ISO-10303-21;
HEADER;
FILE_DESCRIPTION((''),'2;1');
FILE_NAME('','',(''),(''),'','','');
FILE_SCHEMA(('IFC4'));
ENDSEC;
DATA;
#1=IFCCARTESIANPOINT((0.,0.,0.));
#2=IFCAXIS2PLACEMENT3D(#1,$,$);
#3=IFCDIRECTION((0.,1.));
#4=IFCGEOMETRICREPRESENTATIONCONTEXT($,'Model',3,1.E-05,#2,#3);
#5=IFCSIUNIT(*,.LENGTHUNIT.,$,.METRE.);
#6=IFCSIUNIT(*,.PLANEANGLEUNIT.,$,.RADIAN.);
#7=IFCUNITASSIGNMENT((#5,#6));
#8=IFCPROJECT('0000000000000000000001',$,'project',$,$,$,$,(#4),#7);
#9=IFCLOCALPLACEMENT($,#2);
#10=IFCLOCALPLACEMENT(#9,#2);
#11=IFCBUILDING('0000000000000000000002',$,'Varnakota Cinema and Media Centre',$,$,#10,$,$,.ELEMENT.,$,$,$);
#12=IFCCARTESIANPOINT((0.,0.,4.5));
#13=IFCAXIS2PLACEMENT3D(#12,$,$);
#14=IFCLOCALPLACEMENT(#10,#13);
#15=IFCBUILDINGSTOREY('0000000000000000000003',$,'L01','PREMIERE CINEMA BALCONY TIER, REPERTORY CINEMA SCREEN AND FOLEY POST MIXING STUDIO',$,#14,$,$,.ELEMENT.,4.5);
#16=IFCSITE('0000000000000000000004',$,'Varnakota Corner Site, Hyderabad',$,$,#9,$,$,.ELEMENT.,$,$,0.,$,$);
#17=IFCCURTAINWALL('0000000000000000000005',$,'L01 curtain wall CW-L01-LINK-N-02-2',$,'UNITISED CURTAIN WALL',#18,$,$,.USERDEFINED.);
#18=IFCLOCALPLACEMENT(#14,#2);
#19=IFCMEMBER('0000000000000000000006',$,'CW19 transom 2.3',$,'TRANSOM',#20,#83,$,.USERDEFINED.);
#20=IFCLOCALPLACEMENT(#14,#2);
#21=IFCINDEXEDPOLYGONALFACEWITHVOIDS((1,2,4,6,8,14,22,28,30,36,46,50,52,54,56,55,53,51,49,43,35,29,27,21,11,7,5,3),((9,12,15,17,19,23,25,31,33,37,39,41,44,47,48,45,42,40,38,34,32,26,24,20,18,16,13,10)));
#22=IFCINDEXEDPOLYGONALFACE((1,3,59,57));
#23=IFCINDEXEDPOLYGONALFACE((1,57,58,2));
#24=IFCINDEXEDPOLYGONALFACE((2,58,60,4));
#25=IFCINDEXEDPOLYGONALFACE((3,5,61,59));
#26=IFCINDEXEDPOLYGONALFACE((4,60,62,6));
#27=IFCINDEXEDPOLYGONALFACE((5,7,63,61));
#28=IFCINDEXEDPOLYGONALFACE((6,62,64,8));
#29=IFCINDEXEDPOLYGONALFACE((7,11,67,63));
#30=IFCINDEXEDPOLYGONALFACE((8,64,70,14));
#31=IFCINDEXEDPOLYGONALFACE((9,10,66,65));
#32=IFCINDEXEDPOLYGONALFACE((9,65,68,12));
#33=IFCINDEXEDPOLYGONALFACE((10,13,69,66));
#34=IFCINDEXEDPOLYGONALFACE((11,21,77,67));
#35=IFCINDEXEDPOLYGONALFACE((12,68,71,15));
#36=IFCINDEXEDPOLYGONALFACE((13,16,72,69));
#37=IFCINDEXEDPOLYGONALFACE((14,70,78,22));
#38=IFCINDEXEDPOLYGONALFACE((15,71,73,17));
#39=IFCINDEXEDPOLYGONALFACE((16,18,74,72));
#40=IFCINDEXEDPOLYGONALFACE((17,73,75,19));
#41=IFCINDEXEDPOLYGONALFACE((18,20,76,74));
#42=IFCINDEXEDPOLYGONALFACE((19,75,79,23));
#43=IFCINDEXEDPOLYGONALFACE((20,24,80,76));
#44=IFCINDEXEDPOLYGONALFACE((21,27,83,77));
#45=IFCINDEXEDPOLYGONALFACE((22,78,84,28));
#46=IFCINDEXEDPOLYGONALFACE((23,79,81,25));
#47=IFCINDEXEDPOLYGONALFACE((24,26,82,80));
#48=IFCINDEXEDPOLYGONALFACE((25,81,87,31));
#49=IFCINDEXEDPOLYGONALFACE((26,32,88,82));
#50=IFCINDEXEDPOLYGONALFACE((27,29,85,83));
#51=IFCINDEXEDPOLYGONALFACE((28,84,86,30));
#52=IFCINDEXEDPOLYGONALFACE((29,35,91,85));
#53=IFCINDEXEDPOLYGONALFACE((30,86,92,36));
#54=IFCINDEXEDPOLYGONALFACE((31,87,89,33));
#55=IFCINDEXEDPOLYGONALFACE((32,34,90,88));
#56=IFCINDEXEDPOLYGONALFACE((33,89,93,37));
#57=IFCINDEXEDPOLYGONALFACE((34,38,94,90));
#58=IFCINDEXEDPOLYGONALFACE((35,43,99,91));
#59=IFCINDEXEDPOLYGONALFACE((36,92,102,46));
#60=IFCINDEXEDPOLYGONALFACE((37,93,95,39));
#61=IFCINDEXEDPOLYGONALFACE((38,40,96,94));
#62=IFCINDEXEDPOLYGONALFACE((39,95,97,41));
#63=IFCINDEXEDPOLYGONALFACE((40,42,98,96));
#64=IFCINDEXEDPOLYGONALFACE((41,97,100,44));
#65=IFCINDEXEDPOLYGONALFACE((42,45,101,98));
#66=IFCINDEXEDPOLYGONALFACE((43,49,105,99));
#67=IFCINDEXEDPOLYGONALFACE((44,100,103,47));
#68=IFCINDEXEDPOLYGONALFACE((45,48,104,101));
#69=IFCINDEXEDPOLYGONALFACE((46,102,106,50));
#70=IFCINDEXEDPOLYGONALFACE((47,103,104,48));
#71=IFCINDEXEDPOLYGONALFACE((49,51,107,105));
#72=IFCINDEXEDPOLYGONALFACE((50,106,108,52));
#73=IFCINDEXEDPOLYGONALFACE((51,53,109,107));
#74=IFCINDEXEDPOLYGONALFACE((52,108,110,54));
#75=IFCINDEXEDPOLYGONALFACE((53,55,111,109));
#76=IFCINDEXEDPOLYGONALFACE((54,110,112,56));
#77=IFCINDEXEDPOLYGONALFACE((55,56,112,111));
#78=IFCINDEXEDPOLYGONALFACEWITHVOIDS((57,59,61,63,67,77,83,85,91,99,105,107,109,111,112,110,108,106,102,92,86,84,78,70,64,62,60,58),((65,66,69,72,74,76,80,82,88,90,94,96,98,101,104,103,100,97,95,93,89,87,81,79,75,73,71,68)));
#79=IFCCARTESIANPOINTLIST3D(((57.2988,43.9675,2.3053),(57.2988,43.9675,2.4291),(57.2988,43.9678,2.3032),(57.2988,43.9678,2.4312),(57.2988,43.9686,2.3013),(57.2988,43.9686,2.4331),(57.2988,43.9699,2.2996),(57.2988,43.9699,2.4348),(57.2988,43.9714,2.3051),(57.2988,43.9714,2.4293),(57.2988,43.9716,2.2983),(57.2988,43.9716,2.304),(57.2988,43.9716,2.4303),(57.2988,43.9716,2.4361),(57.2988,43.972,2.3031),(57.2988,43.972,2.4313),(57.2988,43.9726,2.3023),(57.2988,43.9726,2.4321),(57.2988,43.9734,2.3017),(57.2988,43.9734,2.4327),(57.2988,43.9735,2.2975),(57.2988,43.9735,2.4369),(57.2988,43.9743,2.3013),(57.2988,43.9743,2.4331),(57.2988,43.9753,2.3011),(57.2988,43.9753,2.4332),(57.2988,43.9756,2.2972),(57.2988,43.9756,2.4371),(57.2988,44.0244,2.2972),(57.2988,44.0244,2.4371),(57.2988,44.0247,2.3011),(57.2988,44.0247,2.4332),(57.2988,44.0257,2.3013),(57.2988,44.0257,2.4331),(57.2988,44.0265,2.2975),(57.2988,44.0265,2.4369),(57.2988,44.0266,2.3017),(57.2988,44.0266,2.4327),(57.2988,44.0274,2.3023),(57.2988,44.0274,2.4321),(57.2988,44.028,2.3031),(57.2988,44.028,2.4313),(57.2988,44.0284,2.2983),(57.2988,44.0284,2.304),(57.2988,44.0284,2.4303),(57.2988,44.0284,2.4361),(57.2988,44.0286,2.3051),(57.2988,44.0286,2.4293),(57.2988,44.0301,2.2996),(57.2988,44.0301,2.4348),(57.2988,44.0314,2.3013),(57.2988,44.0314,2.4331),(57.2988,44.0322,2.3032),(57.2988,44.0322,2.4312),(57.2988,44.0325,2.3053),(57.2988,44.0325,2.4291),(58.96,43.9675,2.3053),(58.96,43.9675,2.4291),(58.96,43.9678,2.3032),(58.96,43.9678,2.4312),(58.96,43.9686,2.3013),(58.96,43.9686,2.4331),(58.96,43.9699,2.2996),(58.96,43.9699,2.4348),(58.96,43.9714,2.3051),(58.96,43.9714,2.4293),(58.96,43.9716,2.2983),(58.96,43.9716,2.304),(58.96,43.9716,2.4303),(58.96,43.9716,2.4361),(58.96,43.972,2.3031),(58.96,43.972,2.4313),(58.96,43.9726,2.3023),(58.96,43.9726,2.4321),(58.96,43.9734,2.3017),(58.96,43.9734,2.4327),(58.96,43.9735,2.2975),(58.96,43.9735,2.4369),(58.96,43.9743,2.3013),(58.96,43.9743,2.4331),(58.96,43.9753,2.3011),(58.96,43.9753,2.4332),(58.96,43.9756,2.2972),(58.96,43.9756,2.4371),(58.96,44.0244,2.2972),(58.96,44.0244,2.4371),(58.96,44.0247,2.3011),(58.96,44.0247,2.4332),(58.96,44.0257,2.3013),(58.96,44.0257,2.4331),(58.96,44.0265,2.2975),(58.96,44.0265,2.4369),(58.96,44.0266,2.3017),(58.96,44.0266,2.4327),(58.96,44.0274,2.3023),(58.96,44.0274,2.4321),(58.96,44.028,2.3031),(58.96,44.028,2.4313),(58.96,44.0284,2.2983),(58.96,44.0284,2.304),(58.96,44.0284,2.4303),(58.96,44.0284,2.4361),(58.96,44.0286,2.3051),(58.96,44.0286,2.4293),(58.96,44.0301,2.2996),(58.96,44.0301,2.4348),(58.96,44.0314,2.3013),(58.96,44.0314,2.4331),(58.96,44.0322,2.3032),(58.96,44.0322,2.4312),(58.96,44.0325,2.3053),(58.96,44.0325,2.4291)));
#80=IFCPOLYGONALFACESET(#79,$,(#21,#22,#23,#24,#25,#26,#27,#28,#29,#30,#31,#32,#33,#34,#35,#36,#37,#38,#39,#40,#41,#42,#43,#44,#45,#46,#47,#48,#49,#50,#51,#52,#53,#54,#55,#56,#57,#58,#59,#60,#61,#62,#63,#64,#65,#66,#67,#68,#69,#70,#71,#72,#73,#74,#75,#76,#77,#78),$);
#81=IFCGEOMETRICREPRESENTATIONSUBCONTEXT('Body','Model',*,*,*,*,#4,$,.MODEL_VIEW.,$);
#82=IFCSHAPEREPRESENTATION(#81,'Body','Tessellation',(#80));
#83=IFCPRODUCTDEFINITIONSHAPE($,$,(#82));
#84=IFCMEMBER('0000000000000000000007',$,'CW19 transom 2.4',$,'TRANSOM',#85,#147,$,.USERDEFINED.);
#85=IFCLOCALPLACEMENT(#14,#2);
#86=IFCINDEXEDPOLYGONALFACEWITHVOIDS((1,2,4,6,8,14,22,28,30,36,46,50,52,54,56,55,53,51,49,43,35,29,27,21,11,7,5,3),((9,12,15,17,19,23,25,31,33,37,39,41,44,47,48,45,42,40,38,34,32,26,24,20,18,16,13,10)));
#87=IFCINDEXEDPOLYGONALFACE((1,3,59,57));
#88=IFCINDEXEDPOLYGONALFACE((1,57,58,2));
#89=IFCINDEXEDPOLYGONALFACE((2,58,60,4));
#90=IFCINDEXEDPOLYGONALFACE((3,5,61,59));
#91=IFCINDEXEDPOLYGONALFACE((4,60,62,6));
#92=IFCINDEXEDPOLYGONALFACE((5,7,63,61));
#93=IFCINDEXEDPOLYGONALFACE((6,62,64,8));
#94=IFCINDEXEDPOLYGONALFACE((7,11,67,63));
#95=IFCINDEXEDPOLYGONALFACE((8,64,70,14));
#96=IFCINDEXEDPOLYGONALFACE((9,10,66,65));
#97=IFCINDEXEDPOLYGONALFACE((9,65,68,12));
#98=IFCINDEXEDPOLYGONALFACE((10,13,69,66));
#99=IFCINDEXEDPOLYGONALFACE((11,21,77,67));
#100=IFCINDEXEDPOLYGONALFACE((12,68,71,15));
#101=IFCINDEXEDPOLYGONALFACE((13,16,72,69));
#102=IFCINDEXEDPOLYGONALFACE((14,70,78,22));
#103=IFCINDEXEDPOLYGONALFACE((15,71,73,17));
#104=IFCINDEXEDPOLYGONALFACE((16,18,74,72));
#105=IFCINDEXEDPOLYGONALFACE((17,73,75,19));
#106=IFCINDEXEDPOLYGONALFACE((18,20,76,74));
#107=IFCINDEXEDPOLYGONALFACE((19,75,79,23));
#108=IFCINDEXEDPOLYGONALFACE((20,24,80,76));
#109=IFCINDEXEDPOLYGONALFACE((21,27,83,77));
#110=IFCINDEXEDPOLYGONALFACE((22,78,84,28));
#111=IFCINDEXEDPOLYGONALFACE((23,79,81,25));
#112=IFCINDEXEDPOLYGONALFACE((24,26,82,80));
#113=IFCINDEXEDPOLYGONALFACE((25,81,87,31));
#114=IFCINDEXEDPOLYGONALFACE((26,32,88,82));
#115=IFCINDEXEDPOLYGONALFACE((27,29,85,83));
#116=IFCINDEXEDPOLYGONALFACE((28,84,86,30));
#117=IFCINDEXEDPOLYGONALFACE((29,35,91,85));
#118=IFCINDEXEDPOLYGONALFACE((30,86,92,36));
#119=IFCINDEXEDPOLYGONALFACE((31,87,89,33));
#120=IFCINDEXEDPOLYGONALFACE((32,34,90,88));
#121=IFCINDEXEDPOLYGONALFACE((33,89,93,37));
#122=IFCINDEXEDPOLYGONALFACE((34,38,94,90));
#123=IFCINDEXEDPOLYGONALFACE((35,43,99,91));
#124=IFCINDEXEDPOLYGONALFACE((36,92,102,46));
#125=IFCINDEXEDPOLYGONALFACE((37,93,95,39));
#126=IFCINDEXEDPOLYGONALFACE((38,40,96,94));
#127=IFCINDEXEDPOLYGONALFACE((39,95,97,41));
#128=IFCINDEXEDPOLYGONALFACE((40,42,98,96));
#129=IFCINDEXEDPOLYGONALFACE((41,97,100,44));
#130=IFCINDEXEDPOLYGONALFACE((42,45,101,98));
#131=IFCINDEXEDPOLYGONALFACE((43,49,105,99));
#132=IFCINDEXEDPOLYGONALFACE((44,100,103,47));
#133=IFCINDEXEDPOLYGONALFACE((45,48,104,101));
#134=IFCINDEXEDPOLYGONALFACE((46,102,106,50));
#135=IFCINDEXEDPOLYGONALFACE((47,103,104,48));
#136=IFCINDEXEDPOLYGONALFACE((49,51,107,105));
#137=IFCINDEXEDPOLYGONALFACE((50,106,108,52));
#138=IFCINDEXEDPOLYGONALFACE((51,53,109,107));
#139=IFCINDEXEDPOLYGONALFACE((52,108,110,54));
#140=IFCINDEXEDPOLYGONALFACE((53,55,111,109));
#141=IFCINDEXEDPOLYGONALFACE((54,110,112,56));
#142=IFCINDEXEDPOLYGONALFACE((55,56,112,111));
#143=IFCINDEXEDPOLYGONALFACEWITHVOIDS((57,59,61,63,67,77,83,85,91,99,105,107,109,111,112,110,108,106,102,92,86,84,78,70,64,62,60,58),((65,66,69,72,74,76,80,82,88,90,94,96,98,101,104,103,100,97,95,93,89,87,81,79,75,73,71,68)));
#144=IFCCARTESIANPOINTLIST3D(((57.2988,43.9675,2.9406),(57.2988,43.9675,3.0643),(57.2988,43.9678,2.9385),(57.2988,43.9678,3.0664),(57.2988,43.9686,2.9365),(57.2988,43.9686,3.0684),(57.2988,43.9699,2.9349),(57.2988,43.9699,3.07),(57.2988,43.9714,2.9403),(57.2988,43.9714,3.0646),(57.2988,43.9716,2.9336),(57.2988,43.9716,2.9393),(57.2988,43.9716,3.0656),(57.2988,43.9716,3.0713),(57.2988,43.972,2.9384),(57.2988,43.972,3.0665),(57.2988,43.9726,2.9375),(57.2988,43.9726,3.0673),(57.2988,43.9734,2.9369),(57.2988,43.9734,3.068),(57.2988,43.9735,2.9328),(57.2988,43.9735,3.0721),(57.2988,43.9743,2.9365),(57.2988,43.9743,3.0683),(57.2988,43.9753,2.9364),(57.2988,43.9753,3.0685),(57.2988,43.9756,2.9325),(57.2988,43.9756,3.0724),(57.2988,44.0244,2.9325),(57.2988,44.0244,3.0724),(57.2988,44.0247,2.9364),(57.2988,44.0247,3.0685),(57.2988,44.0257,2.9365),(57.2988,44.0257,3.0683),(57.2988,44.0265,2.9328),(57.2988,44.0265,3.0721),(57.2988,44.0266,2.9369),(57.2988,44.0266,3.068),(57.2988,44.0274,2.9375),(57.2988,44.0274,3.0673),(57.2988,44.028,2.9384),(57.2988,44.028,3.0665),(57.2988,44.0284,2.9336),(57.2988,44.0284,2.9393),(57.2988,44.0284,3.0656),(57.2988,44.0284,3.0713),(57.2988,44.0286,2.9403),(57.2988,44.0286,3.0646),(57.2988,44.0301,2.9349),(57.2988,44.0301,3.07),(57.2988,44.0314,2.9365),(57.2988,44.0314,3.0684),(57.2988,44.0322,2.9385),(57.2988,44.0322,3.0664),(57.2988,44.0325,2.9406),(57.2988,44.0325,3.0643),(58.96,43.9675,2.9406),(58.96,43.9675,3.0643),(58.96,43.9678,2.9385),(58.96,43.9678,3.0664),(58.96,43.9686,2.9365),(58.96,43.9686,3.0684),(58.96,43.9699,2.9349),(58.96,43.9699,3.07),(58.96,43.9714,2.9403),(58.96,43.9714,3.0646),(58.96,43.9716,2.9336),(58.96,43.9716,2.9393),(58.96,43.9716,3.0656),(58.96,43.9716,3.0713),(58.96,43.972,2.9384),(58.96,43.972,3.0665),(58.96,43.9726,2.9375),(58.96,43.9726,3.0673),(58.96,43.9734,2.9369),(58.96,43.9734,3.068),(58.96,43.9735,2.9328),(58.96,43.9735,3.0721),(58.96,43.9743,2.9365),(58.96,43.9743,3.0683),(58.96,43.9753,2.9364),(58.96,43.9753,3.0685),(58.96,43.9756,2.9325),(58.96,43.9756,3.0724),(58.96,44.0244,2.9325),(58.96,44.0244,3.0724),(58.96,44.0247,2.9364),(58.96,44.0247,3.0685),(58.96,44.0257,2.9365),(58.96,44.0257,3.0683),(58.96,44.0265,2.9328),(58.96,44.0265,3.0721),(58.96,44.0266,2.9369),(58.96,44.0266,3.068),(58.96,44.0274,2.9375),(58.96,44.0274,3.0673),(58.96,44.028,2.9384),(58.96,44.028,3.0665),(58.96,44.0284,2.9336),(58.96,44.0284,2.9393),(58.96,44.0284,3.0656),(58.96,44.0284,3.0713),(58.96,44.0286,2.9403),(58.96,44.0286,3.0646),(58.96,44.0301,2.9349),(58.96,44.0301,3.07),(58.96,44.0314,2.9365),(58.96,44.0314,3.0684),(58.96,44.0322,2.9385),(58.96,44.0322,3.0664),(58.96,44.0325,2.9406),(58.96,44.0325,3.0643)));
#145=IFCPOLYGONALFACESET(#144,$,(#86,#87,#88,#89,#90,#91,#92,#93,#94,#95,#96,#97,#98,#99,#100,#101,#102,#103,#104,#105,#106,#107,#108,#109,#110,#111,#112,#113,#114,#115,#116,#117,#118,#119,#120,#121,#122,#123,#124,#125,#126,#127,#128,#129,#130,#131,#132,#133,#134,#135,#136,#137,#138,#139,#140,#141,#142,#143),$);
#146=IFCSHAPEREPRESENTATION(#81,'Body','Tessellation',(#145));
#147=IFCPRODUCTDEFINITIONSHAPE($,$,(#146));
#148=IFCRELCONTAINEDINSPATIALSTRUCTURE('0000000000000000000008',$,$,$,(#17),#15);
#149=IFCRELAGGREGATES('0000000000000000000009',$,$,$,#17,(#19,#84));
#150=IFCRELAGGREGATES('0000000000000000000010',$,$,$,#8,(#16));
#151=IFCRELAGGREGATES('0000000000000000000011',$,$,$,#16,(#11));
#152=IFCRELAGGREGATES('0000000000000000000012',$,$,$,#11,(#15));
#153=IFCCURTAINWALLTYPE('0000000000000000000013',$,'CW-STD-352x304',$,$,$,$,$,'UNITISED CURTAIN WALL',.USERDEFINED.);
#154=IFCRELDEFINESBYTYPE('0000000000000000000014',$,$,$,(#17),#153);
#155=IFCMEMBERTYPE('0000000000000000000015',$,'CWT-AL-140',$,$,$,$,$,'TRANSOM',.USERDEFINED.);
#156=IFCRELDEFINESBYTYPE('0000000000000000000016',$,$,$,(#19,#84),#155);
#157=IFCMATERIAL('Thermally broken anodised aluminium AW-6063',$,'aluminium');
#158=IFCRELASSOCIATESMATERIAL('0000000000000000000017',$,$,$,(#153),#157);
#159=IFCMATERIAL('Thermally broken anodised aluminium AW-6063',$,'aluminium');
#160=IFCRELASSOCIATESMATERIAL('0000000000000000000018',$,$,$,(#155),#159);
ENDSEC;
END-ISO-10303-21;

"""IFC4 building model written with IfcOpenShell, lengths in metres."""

from ifc_helpers import new_model, si_unit, direction, frame, origin, origin_2d, place, context, subcontext, project, spatial, hollow_rectangle, extrude, material, material_profile, profile_set, type_object, element, aggregate, save


model = new_model("IFC4")

# Units and contexts
model_context = context("Model", 3, precision=1e-05, world=origin(), true_north=direction((0.0, 1.0)))
body_context = subcontext(model_context, "Body", "Model", "MODEL_VIEW")
ifc_project = project(units=[si_unit("LENGTHUNIT", "METRE"), si_unit("PLANEANGLEUNIT", "RADIAN")], contexts=[model_context])

# Site, building, storey
site_placement = place(None, origin())
site = spatial("IfcSite", under=ifc_project, at=site_placement, Name="Varnakota Corner Site, Hyderabad", CompositionType="ELEMENT", RefElevation=0.0)
building_placement = place(site_placement, origin())
building = spatial("IfcBuilding", under=site, at=building_placement, Name="Varnakota Cinema and Media Centre", CompositionType="ELEMENT")
storey_placement = place(building_placement, frame((0.0, 0.0, 4.5)))
storey = spatial("IfcBuildingStorey", under=building, at=storey_placement, Name="L01", Description="PREMIERE CINEMA BALCONY TIER, REPERTORY CINEMA SCREEN AND FOLEY POST MIXING STUDIO", CompositionType="ELEMENT", Elevation=4.5)

# Curtain wall
ifc_material_1 = material(Name="Thermally broken anodised aluminium AW-6063", Category="aluminium")
curtain_wall_type = type_object("IfcCurtainWallType", Name="CW-STD-352x304", ElementType="UNITISED CURTAIN WALL", PredefinedType="USERDEFINED", material=ifc_material_1)
curtain_wall_1_placement = place(storey_placement, origin())
curtain_wall_1 = element("IfcCurtainWall", 1, at=curtain_wall_1_placement, inside=storey, type_object=curtain_wall_type, Name="L01 curtain wall CW-L01-LINK-N-02-2", ObjectType="UNITISED CURTAIN WALL", PredefinedType="USERDEFINED")

# Members
ifc_material_2 = material(Name="Thermally broken anodised aluminium AW-6063", Category="aluminium")
ifc_material_profile_1 = material_profile(ifc_material_2, hollow_rectangle(XDim=0.0649, YDim=0.1399, WallThickness=0.0039, InnerFilletRadius=0.0039, OuterFilletRadius=0.0081, at=origin_2d()), Name="AL-TRANSOM 140x65x4")
ifc_profile_set_1 = profile_set([ifc_material_profile_1], Name="Thermally broken anodised aluminium AW-6063")
member_type_1 = type_object("IfcMemberType", Name="CWT-AL-140", ElementType="TRANSOM", PredefinedType="USERDEFINED", material=ifc_profile_set_1)
member_1_placement = place(storey_placement, frame((57.2988, 44.0, 2.3672), z_axis=(1.0, 0.0, 0.0), x_axis=(0.0, 1.0, 0.0)))
member_1 = element("IfcMember", 2, at=member_1_placement, type_object=member_type_1, Name="CW19 transom 2.3", ObjectType="TRANSOM", PredefinedType="USERDEFINED", context=body_context, shape_type="SweptSolid", body=[
    extrude(hollow_rectangle(XDim=0.0649, YDim=0.1399, WallThickness=0.0039, InnerFilletRadius=0.0039, OuterFilletRadius=0.0081, at=origin_2d()), origin(), (0.0, 0.0, 1.0), 1.6611),
])
member_2_placement = place(storey_placement, frame((57.2988, 44.0, 3.0024), z_axis=(1.0, 0.0, 0.0), x_axis=(0.0, 1.0, 0.0)))
member_2 = element("IfcMember", 3, at=member_2_placement, type_object=member_type_1, Name="CW19 transom 2.4", ObjectType="TRANSOM", PredefinedType="USERDEFINED", context=body_context, shape_type="SweptSolid", body=[
    extrude(hollow_rectangle(XDim=0.0649, YDim=0.1399, WallThickness=0.0039, InnerFilletRadius=0.0039, OuterFilletRadius=0.0081, at=origin_2d()), origin(), (0.0, 0.0, 1.0), 1.6611),
])

aggregate(curtain_wall_1, [member_1, member_2])

save(model, "model.ifc")
